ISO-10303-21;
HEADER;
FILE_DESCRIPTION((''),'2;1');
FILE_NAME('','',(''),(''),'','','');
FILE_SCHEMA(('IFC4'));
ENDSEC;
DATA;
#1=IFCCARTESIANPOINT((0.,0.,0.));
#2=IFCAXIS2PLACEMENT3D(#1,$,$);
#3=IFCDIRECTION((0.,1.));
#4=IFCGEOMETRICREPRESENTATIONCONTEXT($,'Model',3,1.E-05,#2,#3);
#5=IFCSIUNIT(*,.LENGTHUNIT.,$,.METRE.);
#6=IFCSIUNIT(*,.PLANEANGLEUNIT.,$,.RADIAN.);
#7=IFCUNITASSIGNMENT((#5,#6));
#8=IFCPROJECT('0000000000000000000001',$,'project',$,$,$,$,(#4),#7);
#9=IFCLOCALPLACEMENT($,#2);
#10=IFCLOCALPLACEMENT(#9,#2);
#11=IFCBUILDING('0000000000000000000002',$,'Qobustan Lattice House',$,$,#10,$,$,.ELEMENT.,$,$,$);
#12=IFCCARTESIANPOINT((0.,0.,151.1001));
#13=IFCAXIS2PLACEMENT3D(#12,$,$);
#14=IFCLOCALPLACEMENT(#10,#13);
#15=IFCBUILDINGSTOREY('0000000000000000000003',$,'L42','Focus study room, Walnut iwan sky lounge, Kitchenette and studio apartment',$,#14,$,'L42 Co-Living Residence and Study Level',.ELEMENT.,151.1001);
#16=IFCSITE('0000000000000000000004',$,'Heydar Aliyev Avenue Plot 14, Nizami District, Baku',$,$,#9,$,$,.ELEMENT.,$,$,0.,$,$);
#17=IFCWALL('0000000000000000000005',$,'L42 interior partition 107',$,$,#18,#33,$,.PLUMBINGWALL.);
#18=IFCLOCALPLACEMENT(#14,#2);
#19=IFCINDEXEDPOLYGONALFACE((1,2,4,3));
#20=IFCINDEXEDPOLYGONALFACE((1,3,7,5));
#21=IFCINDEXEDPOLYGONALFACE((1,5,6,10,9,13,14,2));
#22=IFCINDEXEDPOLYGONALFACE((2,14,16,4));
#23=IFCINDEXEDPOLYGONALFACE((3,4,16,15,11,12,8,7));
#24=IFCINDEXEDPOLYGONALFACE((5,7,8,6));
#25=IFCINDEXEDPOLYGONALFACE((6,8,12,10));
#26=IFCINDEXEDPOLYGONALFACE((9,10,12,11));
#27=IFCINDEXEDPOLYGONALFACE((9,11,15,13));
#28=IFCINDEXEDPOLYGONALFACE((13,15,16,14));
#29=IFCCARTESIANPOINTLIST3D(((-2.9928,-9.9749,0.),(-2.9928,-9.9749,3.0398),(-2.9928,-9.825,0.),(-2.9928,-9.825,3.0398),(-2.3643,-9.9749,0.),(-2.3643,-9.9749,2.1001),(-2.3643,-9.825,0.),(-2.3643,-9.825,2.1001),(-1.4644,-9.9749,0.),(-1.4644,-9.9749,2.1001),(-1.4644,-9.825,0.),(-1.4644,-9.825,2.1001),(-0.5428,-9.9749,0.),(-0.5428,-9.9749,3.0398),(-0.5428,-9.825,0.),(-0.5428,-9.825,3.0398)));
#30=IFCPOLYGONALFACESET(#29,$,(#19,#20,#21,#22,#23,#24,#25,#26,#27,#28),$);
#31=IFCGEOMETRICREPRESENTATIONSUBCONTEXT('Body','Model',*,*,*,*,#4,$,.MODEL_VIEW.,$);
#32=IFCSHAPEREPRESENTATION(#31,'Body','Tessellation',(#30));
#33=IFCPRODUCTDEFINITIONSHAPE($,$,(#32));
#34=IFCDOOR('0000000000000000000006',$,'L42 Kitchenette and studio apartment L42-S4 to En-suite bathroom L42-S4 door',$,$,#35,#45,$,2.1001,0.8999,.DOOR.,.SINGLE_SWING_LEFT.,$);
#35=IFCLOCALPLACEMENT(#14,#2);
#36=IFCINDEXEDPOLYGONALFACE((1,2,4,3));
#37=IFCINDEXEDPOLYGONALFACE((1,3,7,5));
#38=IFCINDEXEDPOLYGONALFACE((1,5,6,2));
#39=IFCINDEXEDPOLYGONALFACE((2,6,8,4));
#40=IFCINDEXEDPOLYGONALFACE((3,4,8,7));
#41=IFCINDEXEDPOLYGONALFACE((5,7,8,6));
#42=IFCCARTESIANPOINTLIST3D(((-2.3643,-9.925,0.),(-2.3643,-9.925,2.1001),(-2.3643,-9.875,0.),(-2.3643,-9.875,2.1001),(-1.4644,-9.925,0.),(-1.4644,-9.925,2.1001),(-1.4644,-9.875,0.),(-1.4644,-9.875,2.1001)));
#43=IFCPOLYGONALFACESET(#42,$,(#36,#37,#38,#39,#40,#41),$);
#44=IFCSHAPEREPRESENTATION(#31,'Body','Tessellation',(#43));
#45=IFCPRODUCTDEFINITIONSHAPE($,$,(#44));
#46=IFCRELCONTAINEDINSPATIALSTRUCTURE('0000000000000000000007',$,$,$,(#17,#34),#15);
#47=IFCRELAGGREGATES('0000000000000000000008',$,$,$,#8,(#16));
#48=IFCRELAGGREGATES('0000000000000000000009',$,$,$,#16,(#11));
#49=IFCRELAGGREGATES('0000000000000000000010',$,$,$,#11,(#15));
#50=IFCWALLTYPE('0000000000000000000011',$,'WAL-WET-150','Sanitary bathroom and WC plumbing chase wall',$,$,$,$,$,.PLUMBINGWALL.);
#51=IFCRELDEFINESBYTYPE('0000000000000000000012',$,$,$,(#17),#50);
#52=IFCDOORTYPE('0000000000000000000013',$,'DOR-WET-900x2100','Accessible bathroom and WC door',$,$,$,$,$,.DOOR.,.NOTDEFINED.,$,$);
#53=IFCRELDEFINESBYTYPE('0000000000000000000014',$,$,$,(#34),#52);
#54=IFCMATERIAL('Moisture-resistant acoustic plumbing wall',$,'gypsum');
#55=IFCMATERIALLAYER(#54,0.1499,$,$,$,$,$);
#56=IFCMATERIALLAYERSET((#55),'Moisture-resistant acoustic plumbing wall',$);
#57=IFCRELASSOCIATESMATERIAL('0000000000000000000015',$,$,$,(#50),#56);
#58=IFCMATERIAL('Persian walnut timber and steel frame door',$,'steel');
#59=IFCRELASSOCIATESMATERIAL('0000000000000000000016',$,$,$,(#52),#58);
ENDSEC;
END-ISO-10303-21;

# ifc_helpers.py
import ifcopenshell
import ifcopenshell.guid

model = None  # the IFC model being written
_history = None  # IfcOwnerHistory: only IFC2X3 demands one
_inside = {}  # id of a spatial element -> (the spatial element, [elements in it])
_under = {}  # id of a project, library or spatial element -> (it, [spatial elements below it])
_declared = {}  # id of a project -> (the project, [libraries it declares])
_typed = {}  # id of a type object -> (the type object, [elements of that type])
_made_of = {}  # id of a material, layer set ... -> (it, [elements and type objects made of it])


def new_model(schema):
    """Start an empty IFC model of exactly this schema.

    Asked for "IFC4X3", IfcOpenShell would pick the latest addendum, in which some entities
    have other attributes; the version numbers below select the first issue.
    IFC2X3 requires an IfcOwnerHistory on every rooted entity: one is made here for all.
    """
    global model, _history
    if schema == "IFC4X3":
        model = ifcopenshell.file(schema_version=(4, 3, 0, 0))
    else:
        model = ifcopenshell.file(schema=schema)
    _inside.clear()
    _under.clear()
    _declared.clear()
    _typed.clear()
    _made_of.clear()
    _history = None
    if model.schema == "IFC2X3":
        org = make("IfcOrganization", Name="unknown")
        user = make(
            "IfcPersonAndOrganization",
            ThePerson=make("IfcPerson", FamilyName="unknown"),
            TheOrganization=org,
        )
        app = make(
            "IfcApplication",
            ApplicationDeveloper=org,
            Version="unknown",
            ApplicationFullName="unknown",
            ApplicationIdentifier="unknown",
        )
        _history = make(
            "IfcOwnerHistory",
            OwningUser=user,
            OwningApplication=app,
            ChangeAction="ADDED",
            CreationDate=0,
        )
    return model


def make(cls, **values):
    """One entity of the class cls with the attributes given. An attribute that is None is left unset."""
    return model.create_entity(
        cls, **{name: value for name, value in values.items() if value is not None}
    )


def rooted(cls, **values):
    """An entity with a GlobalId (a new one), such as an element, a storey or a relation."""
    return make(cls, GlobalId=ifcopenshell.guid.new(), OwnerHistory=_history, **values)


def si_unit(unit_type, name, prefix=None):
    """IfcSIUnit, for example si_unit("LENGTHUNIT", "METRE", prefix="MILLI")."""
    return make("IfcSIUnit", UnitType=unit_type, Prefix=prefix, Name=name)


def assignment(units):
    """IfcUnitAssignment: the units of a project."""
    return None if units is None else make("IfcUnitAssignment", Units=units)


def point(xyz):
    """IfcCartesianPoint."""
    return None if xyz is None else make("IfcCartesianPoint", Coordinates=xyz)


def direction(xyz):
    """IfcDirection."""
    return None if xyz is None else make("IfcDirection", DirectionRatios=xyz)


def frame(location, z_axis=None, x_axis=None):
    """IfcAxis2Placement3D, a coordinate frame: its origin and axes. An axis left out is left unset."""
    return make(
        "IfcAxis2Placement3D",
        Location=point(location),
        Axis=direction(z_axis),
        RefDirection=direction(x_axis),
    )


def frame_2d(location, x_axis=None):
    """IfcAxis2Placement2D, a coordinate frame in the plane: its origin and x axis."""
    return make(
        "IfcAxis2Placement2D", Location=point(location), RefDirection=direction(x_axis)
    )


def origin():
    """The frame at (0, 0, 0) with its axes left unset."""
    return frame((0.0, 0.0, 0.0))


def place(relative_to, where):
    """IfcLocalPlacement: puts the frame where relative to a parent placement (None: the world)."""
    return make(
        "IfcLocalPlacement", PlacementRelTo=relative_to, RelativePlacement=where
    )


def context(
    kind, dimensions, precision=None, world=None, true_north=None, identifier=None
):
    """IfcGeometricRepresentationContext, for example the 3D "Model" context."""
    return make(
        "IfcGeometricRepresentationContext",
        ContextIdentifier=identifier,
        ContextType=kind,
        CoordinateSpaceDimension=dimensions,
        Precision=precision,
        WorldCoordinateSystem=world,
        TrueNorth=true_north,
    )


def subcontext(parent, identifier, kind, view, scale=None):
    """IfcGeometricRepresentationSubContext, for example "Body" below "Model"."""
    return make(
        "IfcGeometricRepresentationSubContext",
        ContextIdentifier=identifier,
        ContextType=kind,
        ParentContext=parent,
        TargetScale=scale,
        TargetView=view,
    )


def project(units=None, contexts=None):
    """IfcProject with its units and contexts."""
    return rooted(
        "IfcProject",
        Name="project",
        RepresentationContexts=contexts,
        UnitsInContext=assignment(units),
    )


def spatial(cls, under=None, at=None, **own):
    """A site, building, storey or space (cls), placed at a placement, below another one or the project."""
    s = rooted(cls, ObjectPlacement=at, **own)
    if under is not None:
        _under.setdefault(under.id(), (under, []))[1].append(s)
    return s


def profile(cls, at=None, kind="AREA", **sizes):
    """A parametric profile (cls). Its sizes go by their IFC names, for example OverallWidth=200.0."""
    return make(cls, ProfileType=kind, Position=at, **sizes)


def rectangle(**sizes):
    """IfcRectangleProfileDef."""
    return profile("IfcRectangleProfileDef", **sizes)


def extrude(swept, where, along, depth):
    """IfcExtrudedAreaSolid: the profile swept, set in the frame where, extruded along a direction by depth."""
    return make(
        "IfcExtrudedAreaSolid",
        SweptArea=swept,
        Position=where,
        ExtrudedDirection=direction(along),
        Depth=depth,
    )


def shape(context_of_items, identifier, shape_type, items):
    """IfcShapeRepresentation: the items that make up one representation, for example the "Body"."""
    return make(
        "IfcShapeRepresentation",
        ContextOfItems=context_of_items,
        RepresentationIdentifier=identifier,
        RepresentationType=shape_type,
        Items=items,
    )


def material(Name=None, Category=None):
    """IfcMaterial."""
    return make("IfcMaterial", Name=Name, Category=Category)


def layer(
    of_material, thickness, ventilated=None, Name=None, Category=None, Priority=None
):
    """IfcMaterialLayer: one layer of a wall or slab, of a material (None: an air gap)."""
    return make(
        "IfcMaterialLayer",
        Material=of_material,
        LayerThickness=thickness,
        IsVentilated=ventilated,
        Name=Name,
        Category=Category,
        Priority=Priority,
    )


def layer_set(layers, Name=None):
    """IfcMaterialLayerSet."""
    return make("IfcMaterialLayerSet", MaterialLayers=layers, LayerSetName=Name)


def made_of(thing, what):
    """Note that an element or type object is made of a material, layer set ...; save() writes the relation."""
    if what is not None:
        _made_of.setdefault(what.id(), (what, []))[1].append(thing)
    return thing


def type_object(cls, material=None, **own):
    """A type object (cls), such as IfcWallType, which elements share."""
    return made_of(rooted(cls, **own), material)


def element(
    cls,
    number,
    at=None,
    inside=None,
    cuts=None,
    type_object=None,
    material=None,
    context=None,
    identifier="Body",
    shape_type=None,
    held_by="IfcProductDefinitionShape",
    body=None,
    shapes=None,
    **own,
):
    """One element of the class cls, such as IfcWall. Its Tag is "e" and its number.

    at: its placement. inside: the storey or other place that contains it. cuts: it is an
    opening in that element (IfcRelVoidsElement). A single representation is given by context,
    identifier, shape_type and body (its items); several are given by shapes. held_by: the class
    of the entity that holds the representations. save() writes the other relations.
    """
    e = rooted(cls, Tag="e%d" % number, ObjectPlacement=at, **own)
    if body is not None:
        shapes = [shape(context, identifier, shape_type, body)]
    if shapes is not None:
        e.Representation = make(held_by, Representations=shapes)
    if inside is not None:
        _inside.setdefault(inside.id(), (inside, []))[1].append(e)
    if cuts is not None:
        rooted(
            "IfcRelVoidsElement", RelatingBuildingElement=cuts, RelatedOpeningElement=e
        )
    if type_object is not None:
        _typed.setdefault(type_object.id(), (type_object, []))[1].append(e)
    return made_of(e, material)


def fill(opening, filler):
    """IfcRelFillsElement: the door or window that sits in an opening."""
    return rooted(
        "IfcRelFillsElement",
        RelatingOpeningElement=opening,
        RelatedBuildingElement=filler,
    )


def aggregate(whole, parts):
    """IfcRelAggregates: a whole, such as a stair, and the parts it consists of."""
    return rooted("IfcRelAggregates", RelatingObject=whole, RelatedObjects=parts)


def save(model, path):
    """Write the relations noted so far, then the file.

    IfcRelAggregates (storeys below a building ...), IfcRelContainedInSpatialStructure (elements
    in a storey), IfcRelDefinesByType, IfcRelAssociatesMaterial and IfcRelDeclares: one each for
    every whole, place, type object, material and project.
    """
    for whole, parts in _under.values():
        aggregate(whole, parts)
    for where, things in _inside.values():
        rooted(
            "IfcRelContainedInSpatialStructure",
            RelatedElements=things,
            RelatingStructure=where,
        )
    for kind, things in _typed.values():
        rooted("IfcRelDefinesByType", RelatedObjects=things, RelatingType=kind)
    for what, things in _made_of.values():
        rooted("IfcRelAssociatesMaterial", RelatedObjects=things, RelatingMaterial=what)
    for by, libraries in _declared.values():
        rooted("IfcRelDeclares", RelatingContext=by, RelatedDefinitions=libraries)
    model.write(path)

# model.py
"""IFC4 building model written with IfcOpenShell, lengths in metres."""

from ifc_helpers import new_model, si_unit, direction, frame, frame_2d, origin, place, context, subcontext, project, spatial, rectangle, extrude, material, layer, layer_set, type_object, element, fill, save


model = new_model("IFC4")

# Units and contexts
model_context = context("Model", 3, precision=1e-05, world=origin(), true_north=direction((0.0, 1.0)))
body_context = subcontext(model_context, "Body", "Model", "MODEL_VIEW")
ifc_project = project(units=[si_unit("LENGTHUNIT", "METRE"), si_unit("PLANEANGLEUNIT", "RADIAN")], contexts=[model_context])

# Site, building, storey
site_placement = place(None, origin())
site = spatial("IfcSite", under=ifc_project, at=site_placement, Name="Heydar Aliyev Avenue Plot 14, Nizami District, Baku", CompositionType="ELEMENT", RefElevation=0.0)
building_placement = place(site_placement, origin())
building = spatial("IfcBuilding", under=site, at=building_placement, Name="Qobustan Lattice House", CompositionType="ELEMENT")
storey_placement = place(building_placement, frame((0.0, 0.0, 151.1001)))
storey = spatial("IfcBuildingStorey", under=building, at=storey_placement, Name="L42", Description="Focus study room, Walnut iwan sky lounge, Kitchenette and studio apartment", LongName="L42 Co-Living Residence and Study Level", CompositionType="ELEMENT", Elevation=151.1001)

# Shared definitions
ifc_material_1 = material(Name="Moisture-resistant acoustic plumbing wall", Category="gypsum")
ifc_layer_1 = layer(ifc_material_1, 0.1499)
ifc_layer_set_1 = layer_set([ifc_layer_1], Name="Moisture-resistant acoustic plumbing wall")
wall_type_1 = type_object("IfcWallType", Name="WAL-WET-150", Description="Sanitary bathroom and WC plumbing chase wall", PredefinedType="PLUMBINGWALL", material=ifc_layer_set_1)

# Shared definitions
ifc_material_2 = material(Name="Persian walnut timber and steel frame door", Category="steel")
door_type_1 = type_object("IfcDoorType", Name="DOR-WET-900x2100", Description="Accessible bathroom and WC door", OperationType="NOTDEFINED", PredefinedType="DOOR", material=ifc_material_2)

# Wall, opening, door
wall_1_placement = place(storey_placement, frame((-2.9929, -9.8999, 0.0), z_axis=(0.0, 0.0, 1.0), x_axis=(1.0, 0.0, 0.0)))
wall_1 = element("IfcWall", 1, at=wall_1_placement, inside=storey, type_object=wall_type_1, Name="L42 interior partition 107", PredefinedType="PLUMBINGWALL", context=body_context, shape_type="SweptSolid", body=[
    extrude(rectangle(XDim=2.45, YDim=0.1499, at=frame_2d((1.2251, 0.0))), origin(), (0.0, 0.0, 1.0), 3.0398),
])
opening_1_placement = place(wall_1_placement, frame((0.6287, 0.0, 0.0)))
opening_1 = element("IfcOpeningElement", 2, at=opening_1_placement, cuts=wall_1, PredefinedType="OPENING", context=body_context, shape_type="SweptSolid", body=[
    extrude(rectangle(XDim=0.8999, YDim=2.1001, at=frame_2d((0.45, 1.05))), frame((0.0, 0.085, 0.0), z_axis=(0.0, -1.0, 0.0), x_axis=(1.0, 0.0, 0.0)), (0.0, 0.0, 1.0), 0.1699),
])
door_1_placement = place(opening_1_placement, origin())
door_1 = element("IfcDoor", 3, at=door_1_placement, inside=storey, type_object=door_type_1, Name="L42 Kitchenette and studio apartment L42-S4 to En-suite bathroom L42-S4 door", OperationType="SINGLE_SWING_LEFT", OverallHeight=2.1001, OverallWidth=0.8999, PredefinedType="DOOR", context=body_context, shape_type="SweptSolid", body=[
    extrude(rectangle(XDim=0.8999, YDim=2.1001, at=frame_2d((0.45, 1.05))), frame((0.0, 0.0249, 0.0), z_axis=(0.0, -1.0, 0.0), x_axis=(1.0, 0.0, 0.0)), (0.0, 0.0, 1.0), 0.05),
])
fill(opening_1, door_1)

save(model, "model.ifc")
